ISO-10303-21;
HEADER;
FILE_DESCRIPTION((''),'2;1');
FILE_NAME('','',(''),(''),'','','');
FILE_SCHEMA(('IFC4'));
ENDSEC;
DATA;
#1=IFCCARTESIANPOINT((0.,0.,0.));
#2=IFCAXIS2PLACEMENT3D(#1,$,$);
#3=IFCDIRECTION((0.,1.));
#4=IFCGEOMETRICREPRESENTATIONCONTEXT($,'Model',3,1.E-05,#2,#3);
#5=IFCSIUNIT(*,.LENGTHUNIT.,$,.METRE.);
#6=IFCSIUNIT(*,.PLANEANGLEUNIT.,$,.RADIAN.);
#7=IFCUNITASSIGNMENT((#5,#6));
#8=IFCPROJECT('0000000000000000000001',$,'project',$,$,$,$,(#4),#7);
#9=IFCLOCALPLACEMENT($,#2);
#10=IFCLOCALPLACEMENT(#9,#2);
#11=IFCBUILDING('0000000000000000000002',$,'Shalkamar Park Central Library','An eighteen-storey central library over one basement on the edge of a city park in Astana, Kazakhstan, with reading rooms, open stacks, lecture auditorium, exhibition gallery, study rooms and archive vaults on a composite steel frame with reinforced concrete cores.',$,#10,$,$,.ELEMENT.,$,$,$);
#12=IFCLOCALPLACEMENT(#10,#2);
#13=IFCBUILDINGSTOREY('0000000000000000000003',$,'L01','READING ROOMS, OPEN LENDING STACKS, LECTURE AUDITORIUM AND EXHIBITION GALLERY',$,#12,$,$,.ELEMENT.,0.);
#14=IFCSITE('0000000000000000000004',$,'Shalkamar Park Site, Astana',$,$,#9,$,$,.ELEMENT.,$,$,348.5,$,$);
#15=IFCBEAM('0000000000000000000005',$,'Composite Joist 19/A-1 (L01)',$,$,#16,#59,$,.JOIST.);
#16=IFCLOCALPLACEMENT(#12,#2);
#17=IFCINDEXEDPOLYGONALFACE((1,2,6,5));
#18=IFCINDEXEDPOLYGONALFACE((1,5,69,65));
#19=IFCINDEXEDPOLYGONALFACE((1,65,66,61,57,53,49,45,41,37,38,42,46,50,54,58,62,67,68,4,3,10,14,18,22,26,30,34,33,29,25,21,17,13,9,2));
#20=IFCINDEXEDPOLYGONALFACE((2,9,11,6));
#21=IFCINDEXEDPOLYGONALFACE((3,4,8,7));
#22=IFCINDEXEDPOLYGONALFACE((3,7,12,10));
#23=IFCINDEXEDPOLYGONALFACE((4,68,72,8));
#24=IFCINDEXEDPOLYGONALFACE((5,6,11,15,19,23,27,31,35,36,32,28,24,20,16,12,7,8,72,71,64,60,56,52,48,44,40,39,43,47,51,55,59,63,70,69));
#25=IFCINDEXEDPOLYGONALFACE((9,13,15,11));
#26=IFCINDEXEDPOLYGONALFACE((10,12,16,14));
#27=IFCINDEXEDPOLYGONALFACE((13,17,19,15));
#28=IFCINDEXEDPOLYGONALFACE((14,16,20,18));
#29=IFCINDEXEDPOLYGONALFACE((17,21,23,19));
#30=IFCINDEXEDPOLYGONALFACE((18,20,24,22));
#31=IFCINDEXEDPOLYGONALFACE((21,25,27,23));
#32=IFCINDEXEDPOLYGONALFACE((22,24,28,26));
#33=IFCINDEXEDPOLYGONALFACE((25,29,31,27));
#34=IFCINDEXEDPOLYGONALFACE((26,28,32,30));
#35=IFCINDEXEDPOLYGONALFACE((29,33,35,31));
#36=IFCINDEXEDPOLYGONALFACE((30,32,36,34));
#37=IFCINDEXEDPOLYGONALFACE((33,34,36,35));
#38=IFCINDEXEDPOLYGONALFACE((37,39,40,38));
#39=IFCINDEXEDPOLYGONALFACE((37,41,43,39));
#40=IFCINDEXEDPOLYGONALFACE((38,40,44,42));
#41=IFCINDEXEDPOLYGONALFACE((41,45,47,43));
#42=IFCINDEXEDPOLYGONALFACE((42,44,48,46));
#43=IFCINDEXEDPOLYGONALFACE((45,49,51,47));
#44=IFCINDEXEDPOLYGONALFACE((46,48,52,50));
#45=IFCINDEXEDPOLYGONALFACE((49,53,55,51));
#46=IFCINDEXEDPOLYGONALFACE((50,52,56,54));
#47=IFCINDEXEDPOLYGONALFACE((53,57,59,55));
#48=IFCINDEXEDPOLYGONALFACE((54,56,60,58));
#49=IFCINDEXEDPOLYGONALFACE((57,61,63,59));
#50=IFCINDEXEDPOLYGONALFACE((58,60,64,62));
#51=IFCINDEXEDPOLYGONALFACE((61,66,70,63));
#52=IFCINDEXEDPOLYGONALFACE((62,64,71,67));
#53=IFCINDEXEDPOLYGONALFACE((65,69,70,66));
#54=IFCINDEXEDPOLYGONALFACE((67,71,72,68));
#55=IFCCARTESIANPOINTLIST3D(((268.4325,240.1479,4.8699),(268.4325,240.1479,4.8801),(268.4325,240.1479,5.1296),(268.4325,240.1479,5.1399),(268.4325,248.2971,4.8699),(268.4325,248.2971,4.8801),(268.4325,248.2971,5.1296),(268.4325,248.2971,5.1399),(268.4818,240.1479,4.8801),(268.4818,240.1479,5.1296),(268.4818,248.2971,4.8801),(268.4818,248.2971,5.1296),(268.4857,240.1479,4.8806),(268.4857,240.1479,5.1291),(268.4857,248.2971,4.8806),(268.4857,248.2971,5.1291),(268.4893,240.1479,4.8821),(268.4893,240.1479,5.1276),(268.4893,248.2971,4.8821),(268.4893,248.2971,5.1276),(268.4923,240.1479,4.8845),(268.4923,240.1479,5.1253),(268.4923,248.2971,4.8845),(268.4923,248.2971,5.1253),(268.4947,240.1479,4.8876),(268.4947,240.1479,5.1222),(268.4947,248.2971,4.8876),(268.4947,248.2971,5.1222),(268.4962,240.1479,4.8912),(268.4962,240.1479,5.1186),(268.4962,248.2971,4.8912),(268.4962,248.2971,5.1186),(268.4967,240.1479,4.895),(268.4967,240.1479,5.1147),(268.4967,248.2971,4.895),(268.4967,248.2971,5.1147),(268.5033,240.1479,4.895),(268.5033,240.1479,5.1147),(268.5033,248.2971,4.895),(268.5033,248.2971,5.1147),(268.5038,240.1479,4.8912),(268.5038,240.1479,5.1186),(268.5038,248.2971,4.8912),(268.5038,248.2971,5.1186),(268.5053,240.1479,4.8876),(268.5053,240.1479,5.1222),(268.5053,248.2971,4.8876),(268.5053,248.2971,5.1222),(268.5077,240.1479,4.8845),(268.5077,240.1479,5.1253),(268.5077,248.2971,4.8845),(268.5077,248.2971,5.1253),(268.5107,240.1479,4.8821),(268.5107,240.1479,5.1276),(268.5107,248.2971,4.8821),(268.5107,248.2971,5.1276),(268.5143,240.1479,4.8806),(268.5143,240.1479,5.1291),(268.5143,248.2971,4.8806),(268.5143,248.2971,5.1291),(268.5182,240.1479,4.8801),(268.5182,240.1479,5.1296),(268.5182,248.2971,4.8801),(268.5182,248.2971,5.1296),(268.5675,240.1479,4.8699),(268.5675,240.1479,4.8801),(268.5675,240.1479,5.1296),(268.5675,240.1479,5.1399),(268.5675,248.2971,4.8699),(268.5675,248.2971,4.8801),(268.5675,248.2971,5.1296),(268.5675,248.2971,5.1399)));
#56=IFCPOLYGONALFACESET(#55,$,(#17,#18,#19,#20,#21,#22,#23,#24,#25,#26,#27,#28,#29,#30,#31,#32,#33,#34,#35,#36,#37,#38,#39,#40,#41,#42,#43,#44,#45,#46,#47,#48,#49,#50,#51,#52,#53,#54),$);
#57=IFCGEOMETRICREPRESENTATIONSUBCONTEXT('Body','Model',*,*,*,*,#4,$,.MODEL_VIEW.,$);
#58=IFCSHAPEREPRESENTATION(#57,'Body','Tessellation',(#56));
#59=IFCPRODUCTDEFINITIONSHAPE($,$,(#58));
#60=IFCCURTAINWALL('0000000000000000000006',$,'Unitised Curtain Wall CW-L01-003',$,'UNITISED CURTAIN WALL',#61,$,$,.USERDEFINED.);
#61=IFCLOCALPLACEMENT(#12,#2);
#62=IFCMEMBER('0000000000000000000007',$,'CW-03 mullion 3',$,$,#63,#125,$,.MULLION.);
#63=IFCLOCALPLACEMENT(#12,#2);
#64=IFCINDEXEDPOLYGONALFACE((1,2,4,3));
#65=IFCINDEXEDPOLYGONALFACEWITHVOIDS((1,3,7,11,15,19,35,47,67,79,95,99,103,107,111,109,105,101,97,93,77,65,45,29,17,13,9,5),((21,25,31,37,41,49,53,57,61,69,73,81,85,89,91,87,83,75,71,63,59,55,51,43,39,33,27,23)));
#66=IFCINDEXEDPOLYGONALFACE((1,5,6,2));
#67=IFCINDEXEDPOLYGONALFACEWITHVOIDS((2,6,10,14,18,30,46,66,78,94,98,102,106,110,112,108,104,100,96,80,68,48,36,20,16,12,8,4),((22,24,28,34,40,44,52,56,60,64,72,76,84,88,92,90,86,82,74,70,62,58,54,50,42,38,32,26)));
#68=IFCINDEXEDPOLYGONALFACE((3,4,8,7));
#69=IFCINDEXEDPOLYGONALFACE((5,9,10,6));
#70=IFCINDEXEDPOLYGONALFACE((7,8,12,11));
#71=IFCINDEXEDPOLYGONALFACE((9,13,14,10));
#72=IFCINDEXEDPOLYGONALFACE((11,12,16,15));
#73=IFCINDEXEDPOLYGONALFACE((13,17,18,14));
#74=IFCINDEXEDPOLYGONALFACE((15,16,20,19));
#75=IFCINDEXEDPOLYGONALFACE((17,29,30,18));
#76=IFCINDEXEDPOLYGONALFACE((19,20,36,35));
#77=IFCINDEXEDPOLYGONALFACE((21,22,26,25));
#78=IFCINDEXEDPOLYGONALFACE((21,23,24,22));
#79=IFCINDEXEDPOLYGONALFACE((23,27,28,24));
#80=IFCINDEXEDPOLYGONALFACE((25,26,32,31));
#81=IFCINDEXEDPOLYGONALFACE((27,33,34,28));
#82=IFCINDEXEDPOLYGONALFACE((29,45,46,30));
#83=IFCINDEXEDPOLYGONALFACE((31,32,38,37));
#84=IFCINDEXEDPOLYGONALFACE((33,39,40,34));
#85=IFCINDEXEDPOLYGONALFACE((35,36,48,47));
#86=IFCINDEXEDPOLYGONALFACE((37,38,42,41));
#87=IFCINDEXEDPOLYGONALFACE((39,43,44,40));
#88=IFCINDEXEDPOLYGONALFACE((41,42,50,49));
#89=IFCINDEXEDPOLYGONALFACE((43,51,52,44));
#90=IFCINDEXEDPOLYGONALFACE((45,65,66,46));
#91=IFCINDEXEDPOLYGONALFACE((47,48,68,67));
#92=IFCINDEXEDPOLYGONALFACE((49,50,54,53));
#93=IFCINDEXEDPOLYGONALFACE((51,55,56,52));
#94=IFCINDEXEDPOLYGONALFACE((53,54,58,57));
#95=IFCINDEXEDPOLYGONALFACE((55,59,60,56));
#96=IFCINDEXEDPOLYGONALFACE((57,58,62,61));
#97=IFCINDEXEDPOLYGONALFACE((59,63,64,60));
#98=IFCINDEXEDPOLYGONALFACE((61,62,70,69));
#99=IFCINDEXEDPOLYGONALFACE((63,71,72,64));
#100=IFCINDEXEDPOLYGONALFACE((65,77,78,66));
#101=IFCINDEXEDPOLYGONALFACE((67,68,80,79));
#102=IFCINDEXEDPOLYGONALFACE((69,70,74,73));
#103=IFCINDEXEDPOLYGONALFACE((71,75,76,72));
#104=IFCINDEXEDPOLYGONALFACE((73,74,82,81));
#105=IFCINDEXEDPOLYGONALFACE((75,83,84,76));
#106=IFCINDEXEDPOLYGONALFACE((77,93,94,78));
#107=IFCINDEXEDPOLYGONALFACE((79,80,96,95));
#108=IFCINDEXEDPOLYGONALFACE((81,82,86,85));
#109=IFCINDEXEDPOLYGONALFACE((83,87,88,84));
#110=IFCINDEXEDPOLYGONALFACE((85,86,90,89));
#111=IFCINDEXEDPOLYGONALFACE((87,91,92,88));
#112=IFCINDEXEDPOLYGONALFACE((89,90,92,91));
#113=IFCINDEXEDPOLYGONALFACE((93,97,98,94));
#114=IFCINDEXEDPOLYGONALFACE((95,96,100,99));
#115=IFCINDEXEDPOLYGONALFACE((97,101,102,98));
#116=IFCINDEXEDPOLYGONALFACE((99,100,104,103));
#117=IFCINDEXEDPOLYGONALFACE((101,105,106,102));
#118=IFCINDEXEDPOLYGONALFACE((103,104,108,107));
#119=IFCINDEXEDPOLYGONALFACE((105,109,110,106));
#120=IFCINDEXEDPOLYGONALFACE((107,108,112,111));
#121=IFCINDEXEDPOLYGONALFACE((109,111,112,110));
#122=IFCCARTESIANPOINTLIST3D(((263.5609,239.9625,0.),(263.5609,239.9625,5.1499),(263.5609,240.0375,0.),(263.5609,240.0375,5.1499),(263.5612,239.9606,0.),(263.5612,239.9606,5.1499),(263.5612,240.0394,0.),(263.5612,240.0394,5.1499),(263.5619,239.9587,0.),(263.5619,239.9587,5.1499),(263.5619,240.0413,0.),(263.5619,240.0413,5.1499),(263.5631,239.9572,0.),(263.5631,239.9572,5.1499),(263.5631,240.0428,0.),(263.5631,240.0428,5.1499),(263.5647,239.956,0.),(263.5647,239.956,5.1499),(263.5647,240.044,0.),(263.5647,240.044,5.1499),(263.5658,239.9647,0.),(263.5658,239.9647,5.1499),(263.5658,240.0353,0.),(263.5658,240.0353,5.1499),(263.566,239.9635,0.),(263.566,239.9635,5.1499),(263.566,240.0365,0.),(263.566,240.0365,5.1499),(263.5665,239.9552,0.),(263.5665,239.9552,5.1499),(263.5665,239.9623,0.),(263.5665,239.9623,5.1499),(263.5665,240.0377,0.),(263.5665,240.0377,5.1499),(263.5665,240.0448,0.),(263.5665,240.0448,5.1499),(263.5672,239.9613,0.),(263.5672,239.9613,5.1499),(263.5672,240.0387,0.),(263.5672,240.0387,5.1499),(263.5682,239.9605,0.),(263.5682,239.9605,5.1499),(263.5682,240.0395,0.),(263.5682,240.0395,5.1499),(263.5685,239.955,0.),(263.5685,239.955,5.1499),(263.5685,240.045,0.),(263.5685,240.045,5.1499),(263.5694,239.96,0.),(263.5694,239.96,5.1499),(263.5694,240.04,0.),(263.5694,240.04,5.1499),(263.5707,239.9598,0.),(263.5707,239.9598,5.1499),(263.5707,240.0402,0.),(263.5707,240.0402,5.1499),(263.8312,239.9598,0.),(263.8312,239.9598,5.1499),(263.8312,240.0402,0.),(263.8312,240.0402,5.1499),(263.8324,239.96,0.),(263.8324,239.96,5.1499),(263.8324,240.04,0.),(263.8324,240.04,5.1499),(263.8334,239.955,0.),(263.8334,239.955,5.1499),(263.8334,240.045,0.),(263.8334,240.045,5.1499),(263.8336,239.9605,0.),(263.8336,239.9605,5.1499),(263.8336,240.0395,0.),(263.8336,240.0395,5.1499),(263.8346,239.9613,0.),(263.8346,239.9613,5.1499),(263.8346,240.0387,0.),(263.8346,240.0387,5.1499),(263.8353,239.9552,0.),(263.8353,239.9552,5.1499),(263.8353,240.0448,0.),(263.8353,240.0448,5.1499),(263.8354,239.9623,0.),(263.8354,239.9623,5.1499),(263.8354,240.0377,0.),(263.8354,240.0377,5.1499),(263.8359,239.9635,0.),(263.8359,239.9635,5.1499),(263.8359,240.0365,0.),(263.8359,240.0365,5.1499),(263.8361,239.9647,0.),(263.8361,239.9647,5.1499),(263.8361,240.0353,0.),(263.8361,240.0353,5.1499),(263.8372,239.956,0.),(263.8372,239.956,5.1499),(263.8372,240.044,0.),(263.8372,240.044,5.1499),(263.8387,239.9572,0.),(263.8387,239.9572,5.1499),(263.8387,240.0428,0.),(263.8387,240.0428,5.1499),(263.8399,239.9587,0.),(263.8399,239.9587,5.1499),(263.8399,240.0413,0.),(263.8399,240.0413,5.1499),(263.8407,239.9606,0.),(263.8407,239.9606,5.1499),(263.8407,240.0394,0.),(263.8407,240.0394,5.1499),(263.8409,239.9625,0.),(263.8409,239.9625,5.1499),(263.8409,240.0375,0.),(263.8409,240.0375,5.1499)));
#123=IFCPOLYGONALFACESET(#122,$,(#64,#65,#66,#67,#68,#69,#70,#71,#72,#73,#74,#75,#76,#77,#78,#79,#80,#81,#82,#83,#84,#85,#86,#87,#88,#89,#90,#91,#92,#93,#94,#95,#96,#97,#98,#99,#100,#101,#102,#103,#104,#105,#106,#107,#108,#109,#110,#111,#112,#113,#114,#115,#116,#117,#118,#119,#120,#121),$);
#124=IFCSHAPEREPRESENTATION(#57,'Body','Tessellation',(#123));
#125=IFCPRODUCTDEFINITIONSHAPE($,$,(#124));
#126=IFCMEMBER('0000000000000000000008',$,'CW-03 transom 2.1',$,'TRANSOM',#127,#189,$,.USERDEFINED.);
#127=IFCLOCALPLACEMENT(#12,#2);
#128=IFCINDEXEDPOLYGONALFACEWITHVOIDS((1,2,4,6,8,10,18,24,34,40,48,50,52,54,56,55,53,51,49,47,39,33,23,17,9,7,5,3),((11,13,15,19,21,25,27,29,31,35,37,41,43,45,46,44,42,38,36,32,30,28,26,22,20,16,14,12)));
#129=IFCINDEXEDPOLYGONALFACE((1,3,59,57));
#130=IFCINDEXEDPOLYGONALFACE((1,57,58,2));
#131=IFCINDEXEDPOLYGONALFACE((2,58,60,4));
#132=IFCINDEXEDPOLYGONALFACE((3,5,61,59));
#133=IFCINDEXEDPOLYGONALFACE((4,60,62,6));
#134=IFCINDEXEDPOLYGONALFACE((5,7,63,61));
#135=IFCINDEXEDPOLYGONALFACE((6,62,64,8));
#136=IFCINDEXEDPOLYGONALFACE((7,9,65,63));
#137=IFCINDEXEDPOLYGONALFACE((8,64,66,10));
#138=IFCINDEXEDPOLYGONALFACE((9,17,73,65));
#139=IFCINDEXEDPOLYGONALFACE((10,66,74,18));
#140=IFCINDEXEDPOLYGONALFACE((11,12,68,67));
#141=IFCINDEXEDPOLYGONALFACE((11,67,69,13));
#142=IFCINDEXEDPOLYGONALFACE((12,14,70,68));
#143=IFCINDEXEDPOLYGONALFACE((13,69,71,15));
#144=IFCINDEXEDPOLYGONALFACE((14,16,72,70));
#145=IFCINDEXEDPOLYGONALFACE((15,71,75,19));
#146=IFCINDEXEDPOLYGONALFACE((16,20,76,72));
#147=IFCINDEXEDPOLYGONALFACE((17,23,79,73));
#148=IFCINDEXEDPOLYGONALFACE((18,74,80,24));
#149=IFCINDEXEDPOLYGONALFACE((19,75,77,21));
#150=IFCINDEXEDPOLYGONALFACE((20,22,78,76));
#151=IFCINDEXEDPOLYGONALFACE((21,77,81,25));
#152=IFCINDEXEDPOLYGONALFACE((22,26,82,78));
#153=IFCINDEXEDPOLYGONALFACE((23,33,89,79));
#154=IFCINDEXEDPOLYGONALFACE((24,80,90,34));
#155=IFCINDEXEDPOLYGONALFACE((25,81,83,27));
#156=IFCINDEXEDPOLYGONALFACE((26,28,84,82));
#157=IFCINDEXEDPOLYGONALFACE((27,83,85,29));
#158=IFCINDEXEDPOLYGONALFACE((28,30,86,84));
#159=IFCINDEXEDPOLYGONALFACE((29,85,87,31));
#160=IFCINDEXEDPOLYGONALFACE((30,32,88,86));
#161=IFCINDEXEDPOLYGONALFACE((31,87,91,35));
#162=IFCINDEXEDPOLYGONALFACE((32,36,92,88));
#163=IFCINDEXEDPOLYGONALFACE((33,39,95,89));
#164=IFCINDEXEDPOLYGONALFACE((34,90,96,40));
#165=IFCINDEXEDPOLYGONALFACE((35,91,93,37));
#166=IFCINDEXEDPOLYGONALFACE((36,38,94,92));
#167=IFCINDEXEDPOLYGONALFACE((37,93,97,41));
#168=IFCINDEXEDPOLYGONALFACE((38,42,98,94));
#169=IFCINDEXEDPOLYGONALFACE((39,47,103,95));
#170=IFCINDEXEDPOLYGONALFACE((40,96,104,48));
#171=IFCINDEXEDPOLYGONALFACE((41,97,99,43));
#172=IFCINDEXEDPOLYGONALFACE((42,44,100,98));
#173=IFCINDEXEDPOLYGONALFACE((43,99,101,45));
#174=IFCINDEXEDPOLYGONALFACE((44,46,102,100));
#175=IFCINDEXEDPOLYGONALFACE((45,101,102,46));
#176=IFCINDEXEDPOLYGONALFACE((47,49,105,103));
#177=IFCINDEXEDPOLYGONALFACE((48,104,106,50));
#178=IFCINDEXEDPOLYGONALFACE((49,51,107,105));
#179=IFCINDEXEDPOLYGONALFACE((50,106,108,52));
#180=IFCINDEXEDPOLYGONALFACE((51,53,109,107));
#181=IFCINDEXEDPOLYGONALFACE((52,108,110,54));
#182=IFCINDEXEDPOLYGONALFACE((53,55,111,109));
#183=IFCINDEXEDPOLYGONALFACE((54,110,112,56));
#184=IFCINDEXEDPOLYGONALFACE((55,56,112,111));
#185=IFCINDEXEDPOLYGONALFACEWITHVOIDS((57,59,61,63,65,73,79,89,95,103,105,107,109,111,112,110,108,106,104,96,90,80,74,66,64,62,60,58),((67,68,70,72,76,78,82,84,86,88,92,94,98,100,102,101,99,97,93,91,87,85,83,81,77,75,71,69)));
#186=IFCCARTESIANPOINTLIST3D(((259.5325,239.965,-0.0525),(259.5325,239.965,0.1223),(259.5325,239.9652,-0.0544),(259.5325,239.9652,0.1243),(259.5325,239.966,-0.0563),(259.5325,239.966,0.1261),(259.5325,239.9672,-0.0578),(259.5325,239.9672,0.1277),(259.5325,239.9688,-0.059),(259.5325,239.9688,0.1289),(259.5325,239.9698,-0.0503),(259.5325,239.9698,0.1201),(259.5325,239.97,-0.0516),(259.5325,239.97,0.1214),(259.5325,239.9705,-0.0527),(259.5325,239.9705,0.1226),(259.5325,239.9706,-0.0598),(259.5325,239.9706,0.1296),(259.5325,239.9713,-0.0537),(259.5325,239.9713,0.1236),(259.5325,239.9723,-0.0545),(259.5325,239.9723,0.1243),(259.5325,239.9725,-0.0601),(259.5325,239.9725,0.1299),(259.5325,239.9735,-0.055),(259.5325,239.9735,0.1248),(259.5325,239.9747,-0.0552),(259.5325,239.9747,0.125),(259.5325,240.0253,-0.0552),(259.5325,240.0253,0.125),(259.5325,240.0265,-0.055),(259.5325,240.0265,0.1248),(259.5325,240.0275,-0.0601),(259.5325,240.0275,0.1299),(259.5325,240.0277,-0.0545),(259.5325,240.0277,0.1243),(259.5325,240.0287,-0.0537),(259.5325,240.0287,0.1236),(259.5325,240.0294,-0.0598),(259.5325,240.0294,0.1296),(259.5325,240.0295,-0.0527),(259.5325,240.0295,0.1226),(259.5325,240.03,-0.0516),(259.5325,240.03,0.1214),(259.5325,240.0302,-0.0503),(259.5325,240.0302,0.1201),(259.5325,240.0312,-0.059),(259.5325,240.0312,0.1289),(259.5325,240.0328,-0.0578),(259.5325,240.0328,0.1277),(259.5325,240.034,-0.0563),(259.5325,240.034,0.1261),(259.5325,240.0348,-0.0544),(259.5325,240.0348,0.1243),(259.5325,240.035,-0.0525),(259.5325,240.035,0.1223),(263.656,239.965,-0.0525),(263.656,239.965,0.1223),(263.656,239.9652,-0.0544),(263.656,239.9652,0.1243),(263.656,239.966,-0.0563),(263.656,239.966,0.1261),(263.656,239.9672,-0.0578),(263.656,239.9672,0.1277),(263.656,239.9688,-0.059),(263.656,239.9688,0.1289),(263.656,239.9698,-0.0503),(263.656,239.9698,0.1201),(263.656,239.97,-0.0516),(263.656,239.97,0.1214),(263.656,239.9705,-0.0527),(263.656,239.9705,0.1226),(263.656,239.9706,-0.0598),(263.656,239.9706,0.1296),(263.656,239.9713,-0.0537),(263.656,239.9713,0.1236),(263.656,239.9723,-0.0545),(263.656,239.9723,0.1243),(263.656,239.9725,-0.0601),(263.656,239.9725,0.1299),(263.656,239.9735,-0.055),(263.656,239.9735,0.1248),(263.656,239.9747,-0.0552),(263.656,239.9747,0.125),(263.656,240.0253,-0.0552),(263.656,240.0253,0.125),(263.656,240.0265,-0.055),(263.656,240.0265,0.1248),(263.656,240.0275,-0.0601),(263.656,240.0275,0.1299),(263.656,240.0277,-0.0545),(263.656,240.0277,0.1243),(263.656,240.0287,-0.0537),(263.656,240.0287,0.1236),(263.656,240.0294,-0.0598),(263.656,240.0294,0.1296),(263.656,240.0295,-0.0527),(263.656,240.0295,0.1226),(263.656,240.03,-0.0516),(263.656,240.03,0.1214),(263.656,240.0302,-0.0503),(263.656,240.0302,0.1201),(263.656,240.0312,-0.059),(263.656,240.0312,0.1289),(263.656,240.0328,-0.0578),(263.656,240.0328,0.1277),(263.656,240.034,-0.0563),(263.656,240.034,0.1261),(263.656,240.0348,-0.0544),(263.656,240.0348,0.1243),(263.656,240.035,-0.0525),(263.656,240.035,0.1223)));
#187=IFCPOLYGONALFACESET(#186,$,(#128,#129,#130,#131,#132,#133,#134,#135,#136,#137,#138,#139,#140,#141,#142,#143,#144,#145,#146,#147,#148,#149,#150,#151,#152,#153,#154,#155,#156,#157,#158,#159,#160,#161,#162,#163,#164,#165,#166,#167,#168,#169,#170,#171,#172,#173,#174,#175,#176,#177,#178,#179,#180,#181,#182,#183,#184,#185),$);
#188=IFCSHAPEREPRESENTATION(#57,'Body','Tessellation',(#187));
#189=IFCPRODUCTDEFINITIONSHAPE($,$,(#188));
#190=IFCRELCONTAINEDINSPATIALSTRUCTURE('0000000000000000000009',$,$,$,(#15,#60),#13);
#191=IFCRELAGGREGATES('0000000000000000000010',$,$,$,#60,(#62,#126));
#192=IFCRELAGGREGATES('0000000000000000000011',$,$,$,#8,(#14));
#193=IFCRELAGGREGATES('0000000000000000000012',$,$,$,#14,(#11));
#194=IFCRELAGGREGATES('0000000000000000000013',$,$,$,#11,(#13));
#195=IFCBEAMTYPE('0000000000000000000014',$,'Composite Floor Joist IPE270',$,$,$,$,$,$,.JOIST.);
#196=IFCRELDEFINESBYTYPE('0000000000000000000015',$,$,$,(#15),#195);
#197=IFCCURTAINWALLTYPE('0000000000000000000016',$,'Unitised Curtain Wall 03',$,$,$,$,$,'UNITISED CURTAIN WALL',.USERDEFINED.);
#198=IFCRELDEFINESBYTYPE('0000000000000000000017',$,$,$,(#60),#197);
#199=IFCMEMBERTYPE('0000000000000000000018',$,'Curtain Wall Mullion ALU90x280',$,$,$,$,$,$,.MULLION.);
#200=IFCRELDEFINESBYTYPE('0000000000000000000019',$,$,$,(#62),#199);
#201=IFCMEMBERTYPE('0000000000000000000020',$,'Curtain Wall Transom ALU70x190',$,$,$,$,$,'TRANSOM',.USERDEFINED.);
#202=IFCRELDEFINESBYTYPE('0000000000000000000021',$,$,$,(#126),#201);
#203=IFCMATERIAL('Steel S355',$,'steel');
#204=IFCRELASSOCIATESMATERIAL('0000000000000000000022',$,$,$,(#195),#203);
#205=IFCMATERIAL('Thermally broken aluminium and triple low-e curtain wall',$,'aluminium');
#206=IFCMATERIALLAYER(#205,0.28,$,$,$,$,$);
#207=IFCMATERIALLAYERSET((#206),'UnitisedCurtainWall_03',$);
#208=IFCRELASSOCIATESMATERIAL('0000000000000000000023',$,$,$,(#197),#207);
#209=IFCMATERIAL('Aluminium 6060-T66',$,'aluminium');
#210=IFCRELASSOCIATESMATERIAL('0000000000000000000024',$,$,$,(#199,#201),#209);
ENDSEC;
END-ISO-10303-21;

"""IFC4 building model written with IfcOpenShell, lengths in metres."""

from ifc_helpers import new_model, si_unit, direction, frame, origin, origin_2d, place, context, subcontext, project, spatial, hollow_rectangle, i_section, extrude, material, layer, layer_set, material_profile, profile_set, type_object, element, aggregate, save


model = new_model("IFC4")

# Units and contexts
model_context = context("Model", 3, precision=1e-05, world=origin(), true_north=direction((0.0, 1.0)))
body_context = subcontext(model_context, "Body", "Model", "MODEL_VIEW")
ifc_project = project(units=[si_unit("LENGTHUNIT", "METRE"), si_unit("PLANEANGLEUNIT", "RADIAN")], contexts=[model_context])

# Site, building, storey
site_placement = place(None, origin())
site = spatial("IfcSite", under=ifc_project, at=site_placement, Name="Shalkamar Park Site, Astana", CompositionType="ELEMENT", RefElevation=348.5)
building_placement = place(site_placement, origin())
building = spatial("IfcBuilding", under=site, at=building_placement, Name="Shalkamar Park Central Library", Description="An eighteen-storey central library over one basement on the edge of a city park in Astana, Kazakhstan, with reading rooms, open stacks, lecture auditorium, exhibition gallery, study rooms and archive vaults on a composite steel frame with reinforced concrete cores.", CompositionType="ELEMENT")
storey_placement = place(building_placement, origin())
storey = spatial("IfcBuildingStorey", under=building, at=storey_placement, Name="L01", Description="READING ROOMS, OPEN LENDING STACKS, LECTURE AUDITORIUM AND EXHIBITION GALLERY", CompositionType="ELEMENT", Elevation=0.0)

# Shared definitions
ifc_material_1 = material(Name="Steel S355", Category="steel")

# Beam
ifc_material_profile_1 = material_profile(ifc_material_1, i_section(OverallWidth=0.135, OverallDepth=0.27, WebThickness=0.0066, FlangeThickness=0.0103, FilletRadius=0.0149, at=origin_2d()), Name="IPE 270")
ifc_profile_set_1 = profile_set([ifc_material_profile_1], Name="Steel S355")
beam_type_1 = type_object("IfcBeamType", Name="Composite Floor Joist IPE270", PredefinedType="JOIST", material=ifc_profile_set_1)
for number, where, z_axis, x_axis, name in (
    (1, (268.5, 240.1479, 5.0049), (0.0, 1.0, 0.0), (-1.0, 0.0, 0.0), "Composite Joist 19/A-1 (L01)"),
):
    element("IfcBeam", number, at=place(storey_placement, frame(where, z_axis=z_axis, x_axis=x_axis)), inside=storey, type_object=beam_type_1, Name=name, PredefinedType="JOIST", context=body_context, shape_type="SweptSolid", body=[
        extrude(i_section(OverallWidth=0.135, OverallDepth=0.27, WebThickness=0.0066, FlangeThickness=0.0103, FilletRadius=0.0149, at=origin_2d()), origin(), (0.0, 0.0, 1.0), 8.1492),
    ])

# Curtain wall, members
ifc_material_2 = material(Name="Thermally broken aluminium and triple low-e curtain wall", Category="aluminium")
ifc_layer_1 = layer(ifc_material_2, 0.28)
ifc_layer_set_1 = layer_set([ifc_layer_1], Name="UnitisedCurtainWall_03")
curtain_wall_type = type_object("IfcCurtainWallType", Name="Unitised Curtain Wall 03", ElementType="UNITISED CURTAIN WALL", PredefinedType="USERDEFINED", material=ifc_layer_set_1)
curtain_wall_placement = place(storey_placement, origin())
curtain_wall = element("IfcCurtainWall", 2, at=curtain_wall_placement, inside=storey, type_object=curtain_wall_type, Name="Unitised Curtain Wall CW-L01-003", ObjectType="UNITISED CURTAIN WALL", PredefinedType="USERDEFINED")
ifc_material_3 = material(Name="Aluminium 6060-T66", Category="aluminium")
ifc_material_profile_2 = material_profile(ifc_material_3, hollow_rectangle(XDim=0.0901, YDim=0.28, WallThickness=0.0049, InnerFilletRadius=0.0049, OuterFilletRadius=0.0076, at=origin_2d()), Name="ALU 90x280x5")
ifc_profile_set_2 = profile_set([ifc_material_profile_2], Name="Aluminium 6060-T66")
member_type_1 = type_object("IfcMemberType", Name="Curtain Wall Mullion ALU90x280", PredefinedType="MULLION", material=ifc_profile_set_2)
member_1_placement = place(storey_placement, frame((263.7009, 240.0, 0.0), z_axis=(0.0, 0.0, 1.0), x_axis=(0.0, 1.0, 0.0)))
member_1 = element("IfcMember", 3, at=member_1_placement, type_object=member_type_1, Name="CW-03 mullion 3", PredefinedType="MULLION", context=body_context, shape_type="SweptSolid", body=[
    extrude(hollow_rectangle(XDim=0.0901, YDim=0.28, WallThickness=0.0049, InnerFilletRadius=0.0049, OuterFilletRadius=0.0076, at=origin_2d()), origin(), (0.0, 0.0, 1.0), 5.1499),
])
ifc_material_profile_3 = material_profile(ifc_material_3, hollow_rectangle(XDim=0.0701, YDim=0.1899, WallThickness=0.0049, InnerFilletRadius=0.0049, OuterFilletRadius=0.0076, at=origin_2d()), Name="ALU 70x190x5")
ifc_profile_set_3 = profile_set([ifc_material_profile_3], Name="Aluminium 6060-T66")
member_type_2 = type_object("IfcMemberType", Name="Curtain Wall Transom ALU70x190", ElementType="TRANSOM", PredefinedType="USERDEFINED", material=ifc_profile_set_3)
member_2_placement = place(storey_placement, frame((259.5325, 240.0, 0.0349), z_axis=(1.0, 0.0, 0.0), x_axis=(0.0, 1.0, 0.0)))
member_2 = element("IfcMember", 4, at=member_2_placement, type_object=member_type_2, Name="CW-03 transom 2.1", ObjectType="TRANSOM", PredefinedType="USERDEFINED", context=body_context, shape_type="SweptSolid", body=[
    extrude(hollow_rectangle(XDim=0.0701, YDim=0.1899, WallThickness=0.0049, InnerFilletRadius=0.0049, OuterFilletRadius=0.0076, at=origin_2d()), origin(), (0.0, 0.0, 1.0), 4.1235),
])

aggregate(curtain_wall, [member_1, member_2])

save(model, "model.ifc")
